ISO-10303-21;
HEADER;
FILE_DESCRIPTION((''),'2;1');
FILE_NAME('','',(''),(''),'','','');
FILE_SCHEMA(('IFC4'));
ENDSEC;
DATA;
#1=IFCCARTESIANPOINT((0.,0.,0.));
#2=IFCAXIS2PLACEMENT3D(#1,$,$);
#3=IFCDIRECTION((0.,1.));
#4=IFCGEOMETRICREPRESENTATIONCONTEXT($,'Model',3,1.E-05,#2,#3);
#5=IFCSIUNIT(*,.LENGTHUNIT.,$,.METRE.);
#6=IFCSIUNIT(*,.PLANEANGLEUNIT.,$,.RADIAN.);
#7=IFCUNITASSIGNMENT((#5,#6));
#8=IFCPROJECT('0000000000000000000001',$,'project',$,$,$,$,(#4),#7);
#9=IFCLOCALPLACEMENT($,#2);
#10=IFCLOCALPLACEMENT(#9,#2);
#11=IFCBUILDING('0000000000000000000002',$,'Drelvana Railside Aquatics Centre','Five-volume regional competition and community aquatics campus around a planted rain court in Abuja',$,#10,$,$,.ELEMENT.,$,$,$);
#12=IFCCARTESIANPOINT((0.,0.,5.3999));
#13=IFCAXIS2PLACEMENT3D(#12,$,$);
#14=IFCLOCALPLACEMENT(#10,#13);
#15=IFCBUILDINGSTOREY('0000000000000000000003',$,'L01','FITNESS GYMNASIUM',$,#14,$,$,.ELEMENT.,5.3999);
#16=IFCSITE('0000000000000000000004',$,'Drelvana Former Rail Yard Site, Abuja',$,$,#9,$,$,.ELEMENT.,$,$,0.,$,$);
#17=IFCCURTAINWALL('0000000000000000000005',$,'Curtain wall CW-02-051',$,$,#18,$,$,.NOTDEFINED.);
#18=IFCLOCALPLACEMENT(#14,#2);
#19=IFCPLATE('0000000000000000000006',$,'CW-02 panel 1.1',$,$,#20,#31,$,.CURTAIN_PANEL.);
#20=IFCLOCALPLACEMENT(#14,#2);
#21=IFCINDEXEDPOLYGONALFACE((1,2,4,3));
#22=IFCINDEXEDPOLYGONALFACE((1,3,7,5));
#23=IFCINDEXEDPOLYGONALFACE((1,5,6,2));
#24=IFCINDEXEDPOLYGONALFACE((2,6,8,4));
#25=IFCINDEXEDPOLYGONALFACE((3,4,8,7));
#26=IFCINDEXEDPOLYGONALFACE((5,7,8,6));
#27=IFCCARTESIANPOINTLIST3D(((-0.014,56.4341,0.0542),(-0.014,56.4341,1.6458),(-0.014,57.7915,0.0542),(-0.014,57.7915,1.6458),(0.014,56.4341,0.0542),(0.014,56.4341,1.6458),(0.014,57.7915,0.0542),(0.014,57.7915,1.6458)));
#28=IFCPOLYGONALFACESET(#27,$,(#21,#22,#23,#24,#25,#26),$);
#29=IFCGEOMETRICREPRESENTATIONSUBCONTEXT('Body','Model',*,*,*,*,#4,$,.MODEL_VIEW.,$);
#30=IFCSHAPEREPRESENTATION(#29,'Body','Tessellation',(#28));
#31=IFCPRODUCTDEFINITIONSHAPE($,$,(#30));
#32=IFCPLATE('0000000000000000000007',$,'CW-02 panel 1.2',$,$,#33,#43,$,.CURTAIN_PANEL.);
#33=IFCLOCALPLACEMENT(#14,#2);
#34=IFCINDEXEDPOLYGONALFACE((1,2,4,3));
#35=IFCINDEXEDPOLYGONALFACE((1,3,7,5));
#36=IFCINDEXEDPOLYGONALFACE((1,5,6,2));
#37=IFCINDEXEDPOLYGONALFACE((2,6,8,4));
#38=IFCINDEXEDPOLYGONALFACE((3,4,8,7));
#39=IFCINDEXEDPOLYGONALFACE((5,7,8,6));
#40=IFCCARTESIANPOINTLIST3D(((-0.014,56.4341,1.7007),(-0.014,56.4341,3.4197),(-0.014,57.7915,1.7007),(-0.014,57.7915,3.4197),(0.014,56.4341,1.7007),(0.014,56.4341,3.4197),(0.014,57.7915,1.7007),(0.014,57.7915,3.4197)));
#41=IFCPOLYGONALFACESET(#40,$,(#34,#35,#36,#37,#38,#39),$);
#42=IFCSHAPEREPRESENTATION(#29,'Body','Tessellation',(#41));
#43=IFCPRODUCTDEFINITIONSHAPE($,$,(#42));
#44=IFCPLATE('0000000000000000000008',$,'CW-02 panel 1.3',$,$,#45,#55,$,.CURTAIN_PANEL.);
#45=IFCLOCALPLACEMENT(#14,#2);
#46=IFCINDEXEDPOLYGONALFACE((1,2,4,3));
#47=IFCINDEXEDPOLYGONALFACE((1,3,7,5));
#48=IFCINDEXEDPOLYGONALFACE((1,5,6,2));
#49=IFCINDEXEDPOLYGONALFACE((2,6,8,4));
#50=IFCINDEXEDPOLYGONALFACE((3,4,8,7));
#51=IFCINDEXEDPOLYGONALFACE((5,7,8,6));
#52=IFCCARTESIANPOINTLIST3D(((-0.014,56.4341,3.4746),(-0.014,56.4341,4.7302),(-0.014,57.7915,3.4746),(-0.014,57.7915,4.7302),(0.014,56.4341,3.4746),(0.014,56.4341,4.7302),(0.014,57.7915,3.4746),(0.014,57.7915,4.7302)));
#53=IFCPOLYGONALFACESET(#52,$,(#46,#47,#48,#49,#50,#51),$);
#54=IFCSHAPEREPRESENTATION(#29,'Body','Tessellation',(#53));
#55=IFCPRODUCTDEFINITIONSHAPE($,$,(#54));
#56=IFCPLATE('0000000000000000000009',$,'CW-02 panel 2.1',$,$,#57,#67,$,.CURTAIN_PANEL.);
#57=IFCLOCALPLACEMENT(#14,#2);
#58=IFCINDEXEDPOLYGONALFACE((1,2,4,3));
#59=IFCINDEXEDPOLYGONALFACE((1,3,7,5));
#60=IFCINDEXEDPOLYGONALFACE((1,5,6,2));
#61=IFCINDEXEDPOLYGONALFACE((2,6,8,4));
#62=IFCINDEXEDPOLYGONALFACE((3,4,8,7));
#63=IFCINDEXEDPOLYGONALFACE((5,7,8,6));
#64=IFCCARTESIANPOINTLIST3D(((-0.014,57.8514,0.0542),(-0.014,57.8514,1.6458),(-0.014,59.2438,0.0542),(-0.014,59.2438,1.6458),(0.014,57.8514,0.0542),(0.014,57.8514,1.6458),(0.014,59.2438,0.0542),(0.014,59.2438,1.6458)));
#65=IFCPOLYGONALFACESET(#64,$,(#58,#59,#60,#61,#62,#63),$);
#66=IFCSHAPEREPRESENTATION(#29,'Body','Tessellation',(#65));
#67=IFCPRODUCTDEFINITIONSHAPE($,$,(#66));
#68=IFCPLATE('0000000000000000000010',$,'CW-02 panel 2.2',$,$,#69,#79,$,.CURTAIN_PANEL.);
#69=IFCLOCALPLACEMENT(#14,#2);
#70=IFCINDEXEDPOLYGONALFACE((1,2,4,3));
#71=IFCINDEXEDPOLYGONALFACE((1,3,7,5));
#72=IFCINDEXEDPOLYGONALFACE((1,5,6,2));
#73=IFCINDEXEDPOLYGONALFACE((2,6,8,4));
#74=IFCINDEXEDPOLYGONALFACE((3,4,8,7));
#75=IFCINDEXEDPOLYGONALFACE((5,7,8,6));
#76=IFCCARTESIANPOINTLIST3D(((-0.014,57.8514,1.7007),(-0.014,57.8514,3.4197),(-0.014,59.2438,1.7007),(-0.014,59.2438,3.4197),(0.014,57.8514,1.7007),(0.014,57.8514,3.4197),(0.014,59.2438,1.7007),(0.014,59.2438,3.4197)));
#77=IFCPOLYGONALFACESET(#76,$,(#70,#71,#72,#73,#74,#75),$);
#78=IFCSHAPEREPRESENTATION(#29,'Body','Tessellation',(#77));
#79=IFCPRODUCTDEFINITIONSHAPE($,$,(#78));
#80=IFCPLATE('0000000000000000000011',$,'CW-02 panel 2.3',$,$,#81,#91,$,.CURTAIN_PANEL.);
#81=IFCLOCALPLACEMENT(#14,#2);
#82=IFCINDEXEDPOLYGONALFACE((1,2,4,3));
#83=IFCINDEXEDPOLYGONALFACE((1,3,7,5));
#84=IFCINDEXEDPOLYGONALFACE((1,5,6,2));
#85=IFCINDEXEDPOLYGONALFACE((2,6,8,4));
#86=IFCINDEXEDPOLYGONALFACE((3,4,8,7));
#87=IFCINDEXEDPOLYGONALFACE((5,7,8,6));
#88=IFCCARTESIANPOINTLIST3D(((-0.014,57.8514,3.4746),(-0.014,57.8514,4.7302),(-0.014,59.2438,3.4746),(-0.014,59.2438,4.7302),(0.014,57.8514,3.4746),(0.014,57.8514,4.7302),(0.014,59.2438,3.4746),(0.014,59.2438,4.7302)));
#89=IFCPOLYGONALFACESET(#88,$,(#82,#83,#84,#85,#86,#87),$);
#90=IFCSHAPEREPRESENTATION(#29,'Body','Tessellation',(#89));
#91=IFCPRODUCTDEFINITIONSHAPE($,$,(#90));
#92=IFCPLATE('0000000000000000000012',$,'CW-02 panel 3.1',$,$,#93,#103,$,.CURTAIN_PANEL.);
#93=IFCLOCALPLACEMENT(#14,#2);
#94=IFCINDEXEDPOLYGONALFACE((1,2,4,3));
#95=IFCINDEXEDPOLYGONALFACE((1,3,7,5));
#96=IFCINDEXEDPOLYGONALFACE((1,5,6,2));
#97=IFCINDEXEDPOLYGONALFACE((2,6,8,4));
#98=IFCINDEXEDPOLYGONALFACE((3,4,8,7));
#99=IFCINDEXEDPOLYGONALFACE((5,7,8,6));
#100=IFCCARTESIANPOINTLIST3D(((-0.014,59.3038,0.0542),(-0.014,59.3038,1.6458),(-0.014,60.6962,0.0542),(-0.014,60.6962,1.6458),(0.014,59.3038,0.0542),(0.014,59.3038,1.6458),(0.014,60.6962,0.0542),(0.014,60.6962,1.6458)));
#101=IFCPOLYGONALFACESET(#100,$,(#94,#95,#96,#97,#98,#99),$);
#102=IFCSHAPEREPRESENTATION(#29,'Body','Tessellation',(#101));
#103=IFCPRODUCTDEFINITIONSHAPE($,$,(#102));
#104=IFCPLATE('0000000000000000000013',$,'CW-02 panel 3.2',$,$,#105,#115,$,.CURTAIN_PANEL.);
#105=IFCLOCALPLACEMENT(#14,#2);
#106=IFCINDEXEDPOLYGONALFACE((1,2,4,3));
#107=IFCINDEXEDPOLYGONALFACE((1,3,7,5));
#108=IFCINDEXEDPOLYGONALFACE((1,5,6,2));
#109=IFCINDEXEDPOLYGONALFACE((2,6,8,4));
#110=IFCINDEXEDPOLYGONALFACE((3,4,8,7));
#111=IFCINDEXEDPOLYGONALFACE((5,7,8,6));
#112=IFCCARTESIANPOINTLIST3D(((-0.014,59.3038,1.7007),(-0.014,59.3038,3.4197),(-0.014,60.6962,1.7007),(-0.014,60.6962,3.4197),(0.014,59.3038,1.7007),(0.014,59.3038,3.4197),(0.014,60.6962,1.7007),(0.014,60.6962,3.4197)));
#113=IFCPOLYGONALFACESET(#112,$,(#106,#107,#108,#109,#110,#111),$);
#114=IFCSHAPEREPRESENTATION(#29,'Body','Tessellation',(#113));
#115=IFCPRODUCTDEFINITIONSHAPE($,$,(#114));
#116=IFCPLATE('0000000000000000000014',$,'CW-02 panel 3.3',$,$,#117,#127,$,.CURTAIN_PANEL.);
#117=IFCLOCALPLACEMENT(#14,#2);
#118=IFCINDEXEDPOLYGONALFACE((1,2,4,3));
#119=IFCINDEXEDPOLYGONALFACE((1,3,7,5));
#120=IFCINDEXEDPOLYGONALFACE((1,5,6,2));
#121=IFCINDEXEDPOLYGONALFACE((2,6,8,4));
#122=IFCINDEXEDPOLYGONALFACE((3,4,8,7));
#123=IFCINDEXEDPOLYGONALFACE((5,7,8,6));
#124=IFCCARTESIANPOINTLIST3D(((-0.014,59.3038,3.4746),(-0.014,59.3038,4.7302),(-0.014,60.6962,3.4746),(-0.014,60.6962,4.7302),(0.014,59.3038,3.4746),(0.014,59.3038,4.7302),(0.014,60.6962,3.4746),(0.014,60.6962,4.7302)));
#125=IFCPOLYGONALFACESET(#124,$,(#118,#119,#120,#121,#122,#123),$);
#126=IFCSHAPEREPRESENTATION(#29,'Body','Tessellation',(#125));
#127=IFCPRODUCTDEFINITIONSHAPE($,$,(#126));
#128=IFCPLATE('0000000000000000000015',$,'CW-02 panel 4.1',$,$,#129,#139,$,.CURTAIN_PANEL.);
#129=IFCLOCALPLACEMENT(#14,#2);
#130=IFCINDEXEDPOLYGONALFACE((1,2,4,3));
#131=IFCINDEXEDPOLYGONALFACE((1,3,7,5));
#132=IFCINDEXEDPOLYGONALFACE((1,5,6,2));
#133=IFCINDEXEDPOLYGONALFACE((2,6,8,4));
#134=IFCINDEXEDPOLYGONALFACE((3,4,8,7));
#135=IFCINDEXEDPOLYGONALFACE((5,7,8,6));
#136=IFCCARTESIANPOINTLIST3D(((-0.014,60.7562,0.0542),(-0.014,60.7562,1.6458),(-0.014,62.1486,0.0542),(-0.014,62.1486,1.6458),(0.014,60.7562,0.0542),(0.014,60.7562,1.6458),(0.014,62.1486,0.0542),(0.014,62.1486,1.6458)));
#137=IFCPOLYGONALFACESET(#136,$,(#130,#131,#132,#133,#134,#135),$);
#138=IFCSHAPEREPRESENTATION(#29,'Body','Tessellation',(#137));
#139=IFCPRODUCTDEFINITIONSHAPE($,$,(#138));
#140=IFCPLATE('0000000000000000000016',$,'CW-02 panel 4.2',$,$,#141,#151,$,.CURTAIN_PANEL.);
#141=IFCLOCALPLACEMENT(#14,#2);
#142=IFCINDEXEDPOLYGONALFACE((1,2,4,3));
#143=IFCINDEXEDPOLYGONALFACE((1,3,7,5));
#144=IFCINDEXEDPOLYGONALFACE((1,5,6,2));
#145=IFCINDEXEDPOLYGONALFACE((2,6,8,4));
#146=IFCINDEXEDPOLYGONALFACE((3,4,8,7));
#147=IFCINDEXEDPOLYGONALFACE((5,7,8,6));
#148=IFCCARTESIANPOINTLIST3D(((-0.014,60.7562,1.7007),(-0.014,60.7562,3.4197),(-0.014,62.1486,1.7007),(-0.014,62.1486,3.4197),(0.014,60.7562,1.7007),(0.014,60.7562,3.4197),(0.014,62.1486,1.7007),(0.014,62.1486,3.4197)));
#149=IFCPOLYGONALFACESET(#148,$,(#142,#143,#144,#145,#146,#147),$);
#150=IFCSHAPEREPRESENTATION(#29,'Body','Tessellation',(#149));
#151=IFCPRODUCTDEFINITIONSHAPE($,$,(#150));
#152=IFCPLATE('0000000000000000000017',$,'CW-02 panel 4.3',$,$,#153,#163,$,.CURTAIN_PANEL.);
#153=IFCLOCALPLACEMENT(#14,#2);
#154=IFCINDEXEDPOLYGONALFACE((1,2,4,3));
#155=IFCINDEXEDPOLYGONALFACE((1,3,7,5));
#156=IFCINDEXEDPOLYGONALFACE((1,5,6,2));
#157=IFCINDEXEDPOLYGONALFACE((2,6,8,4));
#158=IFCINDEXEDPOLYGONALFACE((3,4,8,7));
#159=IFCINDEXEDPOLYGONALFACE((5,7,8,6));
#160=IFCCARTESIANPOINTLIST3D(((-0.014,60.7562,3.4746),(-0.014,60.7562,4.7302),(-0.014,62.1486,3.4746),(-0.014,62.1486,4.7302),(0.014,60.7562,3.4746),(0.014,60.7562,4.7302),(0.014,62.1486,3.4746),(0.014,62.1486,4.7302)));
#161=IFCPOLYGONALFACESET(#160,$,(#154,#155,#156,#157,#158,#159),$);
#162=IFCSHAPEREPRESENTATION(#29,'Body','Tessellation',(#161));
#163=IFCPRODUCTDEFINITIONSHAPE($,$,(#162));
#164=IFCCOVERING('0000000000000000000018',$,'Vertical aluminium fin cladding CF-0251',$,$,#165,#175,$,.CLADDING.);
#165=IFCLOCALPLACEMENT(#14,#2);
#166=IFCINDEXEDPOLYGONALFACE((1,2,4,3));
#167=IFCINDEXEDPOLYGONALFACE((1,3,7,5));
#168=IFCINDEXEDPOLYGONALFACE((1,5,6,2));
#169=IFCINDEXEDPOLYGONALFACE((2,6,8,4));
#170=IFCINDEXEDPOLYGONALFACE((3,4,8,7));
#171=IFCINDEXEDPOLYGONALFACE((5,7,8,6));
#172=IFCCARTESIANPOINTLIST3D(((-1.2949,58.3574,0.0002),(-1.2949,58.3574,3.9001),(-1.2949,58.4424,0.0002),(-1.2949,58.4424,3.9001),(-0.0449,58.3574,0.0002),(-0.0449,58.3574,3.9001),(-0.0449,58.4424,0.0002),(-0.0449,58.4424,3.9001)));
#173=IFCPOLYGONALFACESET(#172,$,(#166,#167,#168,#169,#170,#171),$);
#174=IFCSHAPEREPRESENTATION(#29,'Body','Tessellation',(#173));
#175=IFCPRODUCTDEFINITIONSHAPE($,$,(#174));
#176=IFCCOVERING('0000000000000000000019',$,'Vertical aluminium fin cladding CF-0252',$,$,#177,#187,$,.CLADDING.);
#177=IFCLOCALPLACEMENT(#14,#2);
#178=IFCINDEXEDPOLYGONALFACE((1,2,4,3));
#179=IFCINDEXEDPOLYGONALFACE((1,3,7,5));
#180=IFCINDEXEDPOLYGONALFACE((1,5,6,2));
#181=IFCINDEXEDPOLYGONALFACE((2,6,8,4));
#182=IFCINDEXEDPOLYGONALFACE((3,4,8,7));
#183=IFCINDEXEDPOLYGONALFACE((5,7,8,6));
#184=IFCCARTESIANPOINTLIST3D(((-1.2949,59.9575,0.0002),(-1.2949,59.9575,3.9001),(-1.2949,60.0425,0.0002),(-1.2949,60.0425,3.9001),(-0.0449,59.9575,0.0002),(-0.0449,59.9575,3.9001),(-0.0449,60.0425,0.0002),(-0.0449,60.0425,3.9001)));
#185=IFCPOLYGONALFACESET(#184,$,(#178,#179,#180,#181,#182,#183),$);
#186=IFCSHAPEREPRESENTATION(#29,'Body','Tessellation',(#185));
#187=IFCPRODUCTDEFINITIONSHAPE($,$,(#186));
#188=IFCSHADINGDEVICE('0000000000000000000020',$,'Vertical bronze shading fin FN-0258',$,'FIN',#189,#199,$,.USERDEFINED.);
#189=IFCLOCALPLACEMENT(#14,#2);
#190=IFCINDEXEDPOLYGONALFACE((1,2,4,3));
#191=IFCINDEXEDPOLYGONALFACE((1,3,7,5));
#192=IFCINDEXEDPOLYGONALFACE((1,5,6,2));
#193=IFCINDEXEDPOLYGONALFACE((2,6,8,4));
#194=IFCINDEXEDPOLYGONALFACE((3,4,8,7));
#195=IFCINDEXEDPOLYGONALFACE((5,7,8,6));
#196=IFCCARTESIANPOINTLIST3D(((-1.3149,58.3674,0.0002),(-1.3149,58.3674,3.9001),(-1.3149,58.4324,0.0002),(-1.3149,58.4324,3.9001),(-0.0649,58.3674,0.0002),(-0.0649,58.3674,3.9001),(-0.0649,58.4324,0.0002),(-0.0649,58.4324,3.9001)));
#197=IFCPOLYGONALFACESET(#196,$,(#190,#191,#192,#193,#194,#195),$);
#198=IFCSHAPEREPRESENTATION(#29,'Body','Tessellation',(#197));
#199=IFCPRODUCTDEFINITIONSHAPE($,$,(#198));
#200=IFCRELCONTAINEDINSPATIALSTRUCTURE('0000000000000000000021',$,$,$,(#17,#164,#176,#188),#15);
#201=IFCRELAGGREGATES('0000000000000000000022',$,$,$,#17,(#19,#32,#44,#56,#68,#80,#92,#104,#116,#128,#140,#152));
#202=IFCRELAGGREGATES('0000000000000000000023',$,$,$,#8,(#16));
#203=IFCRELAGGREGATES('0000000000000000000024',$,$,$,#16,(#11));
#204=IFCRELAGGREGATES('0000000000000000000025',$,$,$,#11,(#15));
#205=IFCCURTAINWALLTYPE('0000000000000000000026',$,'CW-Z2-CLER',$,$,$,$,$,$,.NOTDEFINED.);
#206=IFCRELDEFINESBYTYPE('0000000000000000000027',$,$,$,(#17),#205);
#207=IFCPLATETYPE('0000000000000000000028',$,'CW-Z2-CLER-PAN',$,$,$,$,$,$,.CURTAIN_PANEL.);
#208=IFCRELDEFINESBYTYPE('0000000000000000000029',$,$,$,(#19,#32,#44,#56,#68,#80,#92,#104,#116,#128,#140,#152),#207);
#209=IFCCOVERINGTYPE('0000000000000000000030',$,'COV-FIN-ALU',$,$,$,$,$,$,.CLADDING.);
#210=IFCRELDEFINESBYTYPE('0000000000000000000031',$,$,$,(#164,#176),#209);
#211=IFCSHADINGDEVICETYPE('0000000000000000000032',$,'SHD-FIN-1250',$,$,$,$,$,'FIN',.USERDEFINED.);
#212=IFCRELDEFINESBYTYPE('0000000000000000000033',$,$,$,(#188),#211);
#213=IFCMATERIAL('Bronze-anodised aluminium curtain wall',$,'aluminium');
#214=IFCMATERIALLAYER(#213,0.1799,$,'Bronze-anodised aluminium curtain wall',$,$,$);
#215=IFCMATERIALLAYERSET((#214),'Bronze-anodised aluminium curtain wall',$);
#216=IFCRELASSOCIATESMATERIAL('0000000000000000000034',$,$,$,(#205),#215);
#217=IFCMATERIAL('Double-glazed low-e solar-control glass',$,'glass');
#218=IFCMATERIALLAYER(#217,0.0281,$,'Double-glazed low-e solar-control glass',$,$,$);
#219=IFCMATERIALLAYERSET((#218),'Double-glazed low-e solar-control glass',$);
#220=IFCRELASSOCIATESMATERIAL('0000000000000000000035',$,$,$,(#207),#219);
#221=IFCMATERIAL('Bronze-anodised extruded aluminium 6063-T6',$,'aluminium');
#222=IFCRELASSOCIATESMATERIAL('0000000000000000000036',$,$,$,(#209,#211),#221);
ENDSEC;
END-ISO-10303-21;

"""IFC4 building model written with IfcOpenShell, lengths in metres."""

from ifc_helpers import new_model, si_unit, direction, frame, origin, origin_2d, place, context, subcontext, project, spatial, rectangle, extrude, material, layer, layer_set, type_object, element, aggregate, save


model = new_model("IFC4")

# Units and contexts
model_context = context("Model", 3, precision=1e-05, world=origin(), true_north=direction((0.0, 1.0)))
body_context = subcontext(model_context, "Body", "Model", "MODEL_VIEW")
ifc_project = project(units=[si_unit("LENGTHUNIT", "METRE"), si_unit("PLANEANGLEUNIT", "RADIAN")], contexts=[model_context])

# Site, building, storey
site_placement = place(None, origin())
site = spatial("IfcSite", under=ifc_project, at=site_placement, Name="Drelvana Former Rail Yard Site, Abuja", CompositionType="ELEMENT", RefElevation=0.0)
building_placement = place(site_placement, origin())
building = spatial("IfcBuilding", under=site, at=building_placement, Name="Drelvana Railside Aquatics Centre", Description="Five-volume regional competition and community aquatics campus around a planted rain court in Abuja", CompositionType="ELEMENT")
storey_placement = place(building_placement, frame((0.0, 0.0, 5.3999)))
storey = spatial("IfcBuildingStorey", under=building, at=storey_placement, Name="L01", Description="FITNESS GYMNASIUM", CompositionType="ELEMENT", Elevation=5.3999)

# Curtain wall, plates
ifc_material_1 = material(Name="Bronze-anodised aluminium curtain wall", Category="aluminium")
ifc_layer_1 = layer(ifc_material_1, 0.1799, Name="Bronze-anodised aluminium curtain wall")
ifc_layer_set_1 = layer_set([ifc_layer_1], Name="Bronze-anodised aluminium curtain wall")
curtain_wall_type = type_object("IfcCurtainWallType", Name="CW-Z2-CLER", PredefinedType="NOTDEFINED", material=ifc_layer_set_1)
curtain_wall_placement = place(storey_placement, origin())
curtain_wall = element("IfcCurtainWall", 1, at=curtain_wall_placement, inside=storey, type_object=curtain_wall_type, Name="Curtain wall CW-02-051", PredefinedType="NOTDEFINED")
ifc_material_2 = material(Name="Double-glazed low-e solar-control glass", Category="glass")
ifc_layer_2 = layer(ifc_material_2, 0.0281, Name="Double-glazed low-e solar-control glass")
ifc_layer_set_2 = layer_set([ifc_layer_2], Name="Double-glazed low-e solar-control glass")
plate_type = type_object("IfcPlateType", Name="CW-Z2-CLER-PAN", PredefinedType="CURTAIN_PANEL", material=ifc_layer_set_2)
plate_1_placement = place(storey_placement, frame((0.0, 57.1128, 0.0542), z_axis=(0.0, 0.0, 1.0), x_axis=(0.0, 1.0, 0.0)))
plate_1 = element("IfcPlate", 2, at=plate_1_placement, type_object=plate_type, Name="CW-02 panel 1.1", PredefinedType="CURTAIN_PANEL", context=body_context, shape_type="SweptSolid", body=[
    extrude(rectangle(XDim=1.3574, YDim=0.0281, at=origin_2d()), origin(), (0.0, 0.0, 1.0), 1.5916),
])
plate_2_placement = place(storey_placement, frame((0.0, 57.1128, 1.7007), z_axis=(0.0, 0.0, 1.0), x_axis=(0.0, 1.0, 0.0)))
plate_2 = element("IfcPlate", 3, at=plate_2_placement, type_object=plate_type, Name="CW-02 panel 1.2", PredefinedType="CURTAIN_PANEL", context=body_context, shape_type="SweptSolid", body=[
    extrude(rectangle(XDim=1.3574, YDim=0.0281, at=origin_2d()), origin(), (0.0, 0.0, 1.0), 1.719),
])
plate_3_placement = place(storey_placement, frame((0.0, 57.1128, 3.4746), z_axis=(0.0, 0.0, 1.0), x_axis=(0.0, 1.0, 0.0)))
plate_3 = element("IfcPlate", 4, at=plate_3_placement, type_object=plate_type, Name="CW-02 panel 1.3", PredefinedType="CURTAIN_PANEL", context=body_context, shape_type="SweptSolid", body=[
    extrude(rectangle(XDim=1.3574, YDim=0.0281, at=origin_2d()), origin(), (0.0, 0.0, 1.0), 1.2556),
])
plate_4_placement = place(storey_placement, frame((0.0, 58.5476, 0.0542), z_axis=(0.0, 0.0, 1.0), x_axis=(0.0, 1.0, 0.0)))
plate_4 = element("IfcPlate", 5, at=plate_4_placement, type_object=plate_type, Name="CW-02 panel 2.1", PredefinedType="CURTAIN_PANEL", context=body_context, shape_type="SweptSolid", body=[
    extrude(rectangle(XDim=1.3923, YDim=0.0281, at=origin_2d()), origin(), (0.0, 0.0, 1.0), 1.5916),
])
plate_5_placement = place(storey_placement, frame((0.0, 58.5476, 1.7007), z_axis=(0.0, 0.0, 1.0), x_axis=(0.0, 1.0, 0.0)))
plate_5 = element("IfcPlate", 6, at=plate_5_placement, type_object=plate_type, Name="CW-02 panel 2.2", PredefinedType="CURTAIN_PANEL", context=body_context, shape_type="SweptSolid", body=[
    extrude(rectangle(XDim=1.3923, YDim=0.0281, at=origin_2d()), origin(), (0.0, 0.0, 1.0), 1.719),
])
plate_6_placement = place(storey_placement, frame((0.0, 58.5476, 3.4746), z_axis=(0.0, 0.0, 1.0), x_axis=(0.0, 1.0, 0.0)))
plate_6 = element("IfcPlate", 7, at=plate_6_placement, type_object=plate_type, Name="CW-02 panel 2.3", PredefinedType="CURTAIN_PANEL", context=body_context, shape_type="SweptSolid", body=[
    extrude(rectangle(XDim=1.3923, YDim=0.0281, at=origin_2d()), origin(), (0.0, 0.0, 1.0), 1.2556),
])
plate_7_placement = place(storey_placement, frame((0.0, 60.0, 0.0542), z_axis=(0.0, 0.0, 1.0), x_axis=(0.0, 1.0, 0.0)))
plate_7 = element("IfcPlate", 8, at=plate_7_placement, type_object=plate_type, Name="CW-02 panel 3.1", PredefinedType="CURTAIN_PANEL", context=body_context, shape_type="SweptSolid", body=[
    extrude(rectangle(XDim=1.3923, YDim=0.0281, at=origin_2d()), origin(), (0.0, 0.0, 1.0), 1.5916),
])
plate_8_placement = place(storey_placement, frame((0.0, 60.0, 1.7007), z_axis=(0.0, 0.0, 1.0), x_axis=(0.0, 1.0, 0.0)))
plate_8 = element("IfcPlate", 9, at=plate_8_placement, type_object=plate_type, Name="CW-02 panel 3.2", PredefinedType="CURTAIN_PANEL", context=body_context, shape_type="SweptSolid", body=[
    extrude(rectangle(XDim=1.3923, YDim=0.0281, at=origin_2d()), origin(), (0.0, 0.0, 1.0), 1.719),
])
plate_9_placement = place(storey_placement, frame((0.0, 60.0, 3.4746), z_axis=(0.0, 0.0, 1.0), x_axis=(0.0, 1.0, 0.0)))
plate_9 = element("IfcPlate", 10, at=plate_9_placement, type_object=plate_type, Name="CW-02 panel 3.3", PredefinedType="CURTAIN_PANEL", context=body_context, shape_type="SweptSolid", body=[
    extrude(rectangle(XDim=1.3923, YDim=0.0281, at=origin_2d()), origin(), (0.0, 0.0, 1.0), 1.2556),
])
plate_10_placement = place(storey_placement, frame((0.0, 61.4524, 0.0542), z_axis=(0.0, 0.0, 1.0), x_axis=(0.0, 1.0, 0.0)))
plate_10 = element("IfcPlate", 11, at=plate_10_placement, type_object=plate_type, Name="CW-02 panel 4.1", PredefinedType="CURTAIN_PANEL", context=body_context, shape_type="SweptSolid", body=[
    extrude(rectangle(XDim=1.3923, YDim=0.0281, at=origin_2d()), origin(), (0.0, 0.0, 1.0), 1.5916),
])
plate_11_placement = place(storey_placement, frame((0.0, 61.4524, 1.7007), z_axis=(0.0, 0.0, 1.0), x_axis=(0.0, 1.0, 0.0)))
plate_11 = element("IfcPlate", 12, at=plate_11_placement, type_object=plate_type, Name="CW-02 panel 4.2", PredefinedType="CURTAIN_PANEL", context=body_context, shape_type="SweptSolid", body=[
    extrude(rectangle(XDim=1.3923, YDim=0.0281, at=origin_2d()), origin(), (0.0, 0.0, 1.0), 1.719),
])
plate_12_placement = place(storey_placement, frame((0.0, 61.4524, 3.4746), z_axis=(0.0, 0.0, 1.0), x_axis=(0.0, 1.0, 0.0)))
plate_12 = element("IfcPlate", 13, at=plate_12_placement, type_object=plate_type, Name="CW-02 panel 4.3", PredefinedType="CURTAIN_PANEL", context=body_context, shape_type="SweptSolid", body=[
    extrude(rectangle(XDim=1.3923, YDim=0.0281, at=origin_2d()), origin(), (0.0, 0.0, 1.0), 1.2556),
])
aggregate(curtain_wall, [plate_1, plate_2, plate_3, plate_4, plate_5, plate_6, plate_7, plate_8, plate_9, plate_10, plate_11, plate_12])

# Coverings
ifc_material_3 = material(Name="Bronze-anodised extruded aluminium 6063-T6", Category="aluminium")
covering_type = type_object("IfcCoveringType", Name="COV-FIN-ALU", PredefinedType="CLADDING", material=ifc_material_3)
for number, where, z_axis, x_axis, name in (
    (14, (-0.6699, 58.3999, 0.0002), (0.0, 0.0, 1.0), (0.0, 1.0, 0.0), "Vertical aluminium fin cladding CF-0251"),
    (15, (-0.6699, 60.0, 0.0002), (0.0, 0.0, 1.0), (0.0, 1.0, 0.0), "Vertical aluminium fin cladding CF-0252"),
):
    element("IfcCovering", number, at=place(storey_placement, frame(where, z_axis=z_axis, x_axis=x_axis)), inside=storey, type_object=covering_type, Name=name, PredefinedType="CLADDING", context=body_context, shape_type="SweptSolid", body=[
        extrude(rectangle(XDim=0.085, YDim=1.25, at=origin_2d()), origin(), (0.0, 0.0, 1.0), 3.8999),
    ])

# Shading device
shading_device_type = type_object("IfcShadingDeviceType", Name="SHD-FIN-1250", ElementType="FIN", PredefinedType="USERDEFINED", material=ifc_material_3)
for number, where, z_axis, x_axis, name in (
    (16, (-0.6899, 58.3999, 0.0002), (0.0, 0.0, 1.0), (-1.0, 0.0, 0.0), "Vertical bronze shading fin FN-0258"),
):
    element("IfcShadingDevice", number, at=place(storey_placement, frame(where, z_axis=z_axis, x_axis=x_axis)), inside=storey, type_object=shading_device_type, Name=name, ObjectType="FIN", PredefinedType="USERDEFINED", context=body_context, shape_type="SweptSolid", body=[
        extrude(rectangle(XDim=1.25, YDim=0.0649, at=origin_2d()), origin(), (0.0, 0.0, 1.0), 3.8999),
    ])

save(model, "model.ifc")
